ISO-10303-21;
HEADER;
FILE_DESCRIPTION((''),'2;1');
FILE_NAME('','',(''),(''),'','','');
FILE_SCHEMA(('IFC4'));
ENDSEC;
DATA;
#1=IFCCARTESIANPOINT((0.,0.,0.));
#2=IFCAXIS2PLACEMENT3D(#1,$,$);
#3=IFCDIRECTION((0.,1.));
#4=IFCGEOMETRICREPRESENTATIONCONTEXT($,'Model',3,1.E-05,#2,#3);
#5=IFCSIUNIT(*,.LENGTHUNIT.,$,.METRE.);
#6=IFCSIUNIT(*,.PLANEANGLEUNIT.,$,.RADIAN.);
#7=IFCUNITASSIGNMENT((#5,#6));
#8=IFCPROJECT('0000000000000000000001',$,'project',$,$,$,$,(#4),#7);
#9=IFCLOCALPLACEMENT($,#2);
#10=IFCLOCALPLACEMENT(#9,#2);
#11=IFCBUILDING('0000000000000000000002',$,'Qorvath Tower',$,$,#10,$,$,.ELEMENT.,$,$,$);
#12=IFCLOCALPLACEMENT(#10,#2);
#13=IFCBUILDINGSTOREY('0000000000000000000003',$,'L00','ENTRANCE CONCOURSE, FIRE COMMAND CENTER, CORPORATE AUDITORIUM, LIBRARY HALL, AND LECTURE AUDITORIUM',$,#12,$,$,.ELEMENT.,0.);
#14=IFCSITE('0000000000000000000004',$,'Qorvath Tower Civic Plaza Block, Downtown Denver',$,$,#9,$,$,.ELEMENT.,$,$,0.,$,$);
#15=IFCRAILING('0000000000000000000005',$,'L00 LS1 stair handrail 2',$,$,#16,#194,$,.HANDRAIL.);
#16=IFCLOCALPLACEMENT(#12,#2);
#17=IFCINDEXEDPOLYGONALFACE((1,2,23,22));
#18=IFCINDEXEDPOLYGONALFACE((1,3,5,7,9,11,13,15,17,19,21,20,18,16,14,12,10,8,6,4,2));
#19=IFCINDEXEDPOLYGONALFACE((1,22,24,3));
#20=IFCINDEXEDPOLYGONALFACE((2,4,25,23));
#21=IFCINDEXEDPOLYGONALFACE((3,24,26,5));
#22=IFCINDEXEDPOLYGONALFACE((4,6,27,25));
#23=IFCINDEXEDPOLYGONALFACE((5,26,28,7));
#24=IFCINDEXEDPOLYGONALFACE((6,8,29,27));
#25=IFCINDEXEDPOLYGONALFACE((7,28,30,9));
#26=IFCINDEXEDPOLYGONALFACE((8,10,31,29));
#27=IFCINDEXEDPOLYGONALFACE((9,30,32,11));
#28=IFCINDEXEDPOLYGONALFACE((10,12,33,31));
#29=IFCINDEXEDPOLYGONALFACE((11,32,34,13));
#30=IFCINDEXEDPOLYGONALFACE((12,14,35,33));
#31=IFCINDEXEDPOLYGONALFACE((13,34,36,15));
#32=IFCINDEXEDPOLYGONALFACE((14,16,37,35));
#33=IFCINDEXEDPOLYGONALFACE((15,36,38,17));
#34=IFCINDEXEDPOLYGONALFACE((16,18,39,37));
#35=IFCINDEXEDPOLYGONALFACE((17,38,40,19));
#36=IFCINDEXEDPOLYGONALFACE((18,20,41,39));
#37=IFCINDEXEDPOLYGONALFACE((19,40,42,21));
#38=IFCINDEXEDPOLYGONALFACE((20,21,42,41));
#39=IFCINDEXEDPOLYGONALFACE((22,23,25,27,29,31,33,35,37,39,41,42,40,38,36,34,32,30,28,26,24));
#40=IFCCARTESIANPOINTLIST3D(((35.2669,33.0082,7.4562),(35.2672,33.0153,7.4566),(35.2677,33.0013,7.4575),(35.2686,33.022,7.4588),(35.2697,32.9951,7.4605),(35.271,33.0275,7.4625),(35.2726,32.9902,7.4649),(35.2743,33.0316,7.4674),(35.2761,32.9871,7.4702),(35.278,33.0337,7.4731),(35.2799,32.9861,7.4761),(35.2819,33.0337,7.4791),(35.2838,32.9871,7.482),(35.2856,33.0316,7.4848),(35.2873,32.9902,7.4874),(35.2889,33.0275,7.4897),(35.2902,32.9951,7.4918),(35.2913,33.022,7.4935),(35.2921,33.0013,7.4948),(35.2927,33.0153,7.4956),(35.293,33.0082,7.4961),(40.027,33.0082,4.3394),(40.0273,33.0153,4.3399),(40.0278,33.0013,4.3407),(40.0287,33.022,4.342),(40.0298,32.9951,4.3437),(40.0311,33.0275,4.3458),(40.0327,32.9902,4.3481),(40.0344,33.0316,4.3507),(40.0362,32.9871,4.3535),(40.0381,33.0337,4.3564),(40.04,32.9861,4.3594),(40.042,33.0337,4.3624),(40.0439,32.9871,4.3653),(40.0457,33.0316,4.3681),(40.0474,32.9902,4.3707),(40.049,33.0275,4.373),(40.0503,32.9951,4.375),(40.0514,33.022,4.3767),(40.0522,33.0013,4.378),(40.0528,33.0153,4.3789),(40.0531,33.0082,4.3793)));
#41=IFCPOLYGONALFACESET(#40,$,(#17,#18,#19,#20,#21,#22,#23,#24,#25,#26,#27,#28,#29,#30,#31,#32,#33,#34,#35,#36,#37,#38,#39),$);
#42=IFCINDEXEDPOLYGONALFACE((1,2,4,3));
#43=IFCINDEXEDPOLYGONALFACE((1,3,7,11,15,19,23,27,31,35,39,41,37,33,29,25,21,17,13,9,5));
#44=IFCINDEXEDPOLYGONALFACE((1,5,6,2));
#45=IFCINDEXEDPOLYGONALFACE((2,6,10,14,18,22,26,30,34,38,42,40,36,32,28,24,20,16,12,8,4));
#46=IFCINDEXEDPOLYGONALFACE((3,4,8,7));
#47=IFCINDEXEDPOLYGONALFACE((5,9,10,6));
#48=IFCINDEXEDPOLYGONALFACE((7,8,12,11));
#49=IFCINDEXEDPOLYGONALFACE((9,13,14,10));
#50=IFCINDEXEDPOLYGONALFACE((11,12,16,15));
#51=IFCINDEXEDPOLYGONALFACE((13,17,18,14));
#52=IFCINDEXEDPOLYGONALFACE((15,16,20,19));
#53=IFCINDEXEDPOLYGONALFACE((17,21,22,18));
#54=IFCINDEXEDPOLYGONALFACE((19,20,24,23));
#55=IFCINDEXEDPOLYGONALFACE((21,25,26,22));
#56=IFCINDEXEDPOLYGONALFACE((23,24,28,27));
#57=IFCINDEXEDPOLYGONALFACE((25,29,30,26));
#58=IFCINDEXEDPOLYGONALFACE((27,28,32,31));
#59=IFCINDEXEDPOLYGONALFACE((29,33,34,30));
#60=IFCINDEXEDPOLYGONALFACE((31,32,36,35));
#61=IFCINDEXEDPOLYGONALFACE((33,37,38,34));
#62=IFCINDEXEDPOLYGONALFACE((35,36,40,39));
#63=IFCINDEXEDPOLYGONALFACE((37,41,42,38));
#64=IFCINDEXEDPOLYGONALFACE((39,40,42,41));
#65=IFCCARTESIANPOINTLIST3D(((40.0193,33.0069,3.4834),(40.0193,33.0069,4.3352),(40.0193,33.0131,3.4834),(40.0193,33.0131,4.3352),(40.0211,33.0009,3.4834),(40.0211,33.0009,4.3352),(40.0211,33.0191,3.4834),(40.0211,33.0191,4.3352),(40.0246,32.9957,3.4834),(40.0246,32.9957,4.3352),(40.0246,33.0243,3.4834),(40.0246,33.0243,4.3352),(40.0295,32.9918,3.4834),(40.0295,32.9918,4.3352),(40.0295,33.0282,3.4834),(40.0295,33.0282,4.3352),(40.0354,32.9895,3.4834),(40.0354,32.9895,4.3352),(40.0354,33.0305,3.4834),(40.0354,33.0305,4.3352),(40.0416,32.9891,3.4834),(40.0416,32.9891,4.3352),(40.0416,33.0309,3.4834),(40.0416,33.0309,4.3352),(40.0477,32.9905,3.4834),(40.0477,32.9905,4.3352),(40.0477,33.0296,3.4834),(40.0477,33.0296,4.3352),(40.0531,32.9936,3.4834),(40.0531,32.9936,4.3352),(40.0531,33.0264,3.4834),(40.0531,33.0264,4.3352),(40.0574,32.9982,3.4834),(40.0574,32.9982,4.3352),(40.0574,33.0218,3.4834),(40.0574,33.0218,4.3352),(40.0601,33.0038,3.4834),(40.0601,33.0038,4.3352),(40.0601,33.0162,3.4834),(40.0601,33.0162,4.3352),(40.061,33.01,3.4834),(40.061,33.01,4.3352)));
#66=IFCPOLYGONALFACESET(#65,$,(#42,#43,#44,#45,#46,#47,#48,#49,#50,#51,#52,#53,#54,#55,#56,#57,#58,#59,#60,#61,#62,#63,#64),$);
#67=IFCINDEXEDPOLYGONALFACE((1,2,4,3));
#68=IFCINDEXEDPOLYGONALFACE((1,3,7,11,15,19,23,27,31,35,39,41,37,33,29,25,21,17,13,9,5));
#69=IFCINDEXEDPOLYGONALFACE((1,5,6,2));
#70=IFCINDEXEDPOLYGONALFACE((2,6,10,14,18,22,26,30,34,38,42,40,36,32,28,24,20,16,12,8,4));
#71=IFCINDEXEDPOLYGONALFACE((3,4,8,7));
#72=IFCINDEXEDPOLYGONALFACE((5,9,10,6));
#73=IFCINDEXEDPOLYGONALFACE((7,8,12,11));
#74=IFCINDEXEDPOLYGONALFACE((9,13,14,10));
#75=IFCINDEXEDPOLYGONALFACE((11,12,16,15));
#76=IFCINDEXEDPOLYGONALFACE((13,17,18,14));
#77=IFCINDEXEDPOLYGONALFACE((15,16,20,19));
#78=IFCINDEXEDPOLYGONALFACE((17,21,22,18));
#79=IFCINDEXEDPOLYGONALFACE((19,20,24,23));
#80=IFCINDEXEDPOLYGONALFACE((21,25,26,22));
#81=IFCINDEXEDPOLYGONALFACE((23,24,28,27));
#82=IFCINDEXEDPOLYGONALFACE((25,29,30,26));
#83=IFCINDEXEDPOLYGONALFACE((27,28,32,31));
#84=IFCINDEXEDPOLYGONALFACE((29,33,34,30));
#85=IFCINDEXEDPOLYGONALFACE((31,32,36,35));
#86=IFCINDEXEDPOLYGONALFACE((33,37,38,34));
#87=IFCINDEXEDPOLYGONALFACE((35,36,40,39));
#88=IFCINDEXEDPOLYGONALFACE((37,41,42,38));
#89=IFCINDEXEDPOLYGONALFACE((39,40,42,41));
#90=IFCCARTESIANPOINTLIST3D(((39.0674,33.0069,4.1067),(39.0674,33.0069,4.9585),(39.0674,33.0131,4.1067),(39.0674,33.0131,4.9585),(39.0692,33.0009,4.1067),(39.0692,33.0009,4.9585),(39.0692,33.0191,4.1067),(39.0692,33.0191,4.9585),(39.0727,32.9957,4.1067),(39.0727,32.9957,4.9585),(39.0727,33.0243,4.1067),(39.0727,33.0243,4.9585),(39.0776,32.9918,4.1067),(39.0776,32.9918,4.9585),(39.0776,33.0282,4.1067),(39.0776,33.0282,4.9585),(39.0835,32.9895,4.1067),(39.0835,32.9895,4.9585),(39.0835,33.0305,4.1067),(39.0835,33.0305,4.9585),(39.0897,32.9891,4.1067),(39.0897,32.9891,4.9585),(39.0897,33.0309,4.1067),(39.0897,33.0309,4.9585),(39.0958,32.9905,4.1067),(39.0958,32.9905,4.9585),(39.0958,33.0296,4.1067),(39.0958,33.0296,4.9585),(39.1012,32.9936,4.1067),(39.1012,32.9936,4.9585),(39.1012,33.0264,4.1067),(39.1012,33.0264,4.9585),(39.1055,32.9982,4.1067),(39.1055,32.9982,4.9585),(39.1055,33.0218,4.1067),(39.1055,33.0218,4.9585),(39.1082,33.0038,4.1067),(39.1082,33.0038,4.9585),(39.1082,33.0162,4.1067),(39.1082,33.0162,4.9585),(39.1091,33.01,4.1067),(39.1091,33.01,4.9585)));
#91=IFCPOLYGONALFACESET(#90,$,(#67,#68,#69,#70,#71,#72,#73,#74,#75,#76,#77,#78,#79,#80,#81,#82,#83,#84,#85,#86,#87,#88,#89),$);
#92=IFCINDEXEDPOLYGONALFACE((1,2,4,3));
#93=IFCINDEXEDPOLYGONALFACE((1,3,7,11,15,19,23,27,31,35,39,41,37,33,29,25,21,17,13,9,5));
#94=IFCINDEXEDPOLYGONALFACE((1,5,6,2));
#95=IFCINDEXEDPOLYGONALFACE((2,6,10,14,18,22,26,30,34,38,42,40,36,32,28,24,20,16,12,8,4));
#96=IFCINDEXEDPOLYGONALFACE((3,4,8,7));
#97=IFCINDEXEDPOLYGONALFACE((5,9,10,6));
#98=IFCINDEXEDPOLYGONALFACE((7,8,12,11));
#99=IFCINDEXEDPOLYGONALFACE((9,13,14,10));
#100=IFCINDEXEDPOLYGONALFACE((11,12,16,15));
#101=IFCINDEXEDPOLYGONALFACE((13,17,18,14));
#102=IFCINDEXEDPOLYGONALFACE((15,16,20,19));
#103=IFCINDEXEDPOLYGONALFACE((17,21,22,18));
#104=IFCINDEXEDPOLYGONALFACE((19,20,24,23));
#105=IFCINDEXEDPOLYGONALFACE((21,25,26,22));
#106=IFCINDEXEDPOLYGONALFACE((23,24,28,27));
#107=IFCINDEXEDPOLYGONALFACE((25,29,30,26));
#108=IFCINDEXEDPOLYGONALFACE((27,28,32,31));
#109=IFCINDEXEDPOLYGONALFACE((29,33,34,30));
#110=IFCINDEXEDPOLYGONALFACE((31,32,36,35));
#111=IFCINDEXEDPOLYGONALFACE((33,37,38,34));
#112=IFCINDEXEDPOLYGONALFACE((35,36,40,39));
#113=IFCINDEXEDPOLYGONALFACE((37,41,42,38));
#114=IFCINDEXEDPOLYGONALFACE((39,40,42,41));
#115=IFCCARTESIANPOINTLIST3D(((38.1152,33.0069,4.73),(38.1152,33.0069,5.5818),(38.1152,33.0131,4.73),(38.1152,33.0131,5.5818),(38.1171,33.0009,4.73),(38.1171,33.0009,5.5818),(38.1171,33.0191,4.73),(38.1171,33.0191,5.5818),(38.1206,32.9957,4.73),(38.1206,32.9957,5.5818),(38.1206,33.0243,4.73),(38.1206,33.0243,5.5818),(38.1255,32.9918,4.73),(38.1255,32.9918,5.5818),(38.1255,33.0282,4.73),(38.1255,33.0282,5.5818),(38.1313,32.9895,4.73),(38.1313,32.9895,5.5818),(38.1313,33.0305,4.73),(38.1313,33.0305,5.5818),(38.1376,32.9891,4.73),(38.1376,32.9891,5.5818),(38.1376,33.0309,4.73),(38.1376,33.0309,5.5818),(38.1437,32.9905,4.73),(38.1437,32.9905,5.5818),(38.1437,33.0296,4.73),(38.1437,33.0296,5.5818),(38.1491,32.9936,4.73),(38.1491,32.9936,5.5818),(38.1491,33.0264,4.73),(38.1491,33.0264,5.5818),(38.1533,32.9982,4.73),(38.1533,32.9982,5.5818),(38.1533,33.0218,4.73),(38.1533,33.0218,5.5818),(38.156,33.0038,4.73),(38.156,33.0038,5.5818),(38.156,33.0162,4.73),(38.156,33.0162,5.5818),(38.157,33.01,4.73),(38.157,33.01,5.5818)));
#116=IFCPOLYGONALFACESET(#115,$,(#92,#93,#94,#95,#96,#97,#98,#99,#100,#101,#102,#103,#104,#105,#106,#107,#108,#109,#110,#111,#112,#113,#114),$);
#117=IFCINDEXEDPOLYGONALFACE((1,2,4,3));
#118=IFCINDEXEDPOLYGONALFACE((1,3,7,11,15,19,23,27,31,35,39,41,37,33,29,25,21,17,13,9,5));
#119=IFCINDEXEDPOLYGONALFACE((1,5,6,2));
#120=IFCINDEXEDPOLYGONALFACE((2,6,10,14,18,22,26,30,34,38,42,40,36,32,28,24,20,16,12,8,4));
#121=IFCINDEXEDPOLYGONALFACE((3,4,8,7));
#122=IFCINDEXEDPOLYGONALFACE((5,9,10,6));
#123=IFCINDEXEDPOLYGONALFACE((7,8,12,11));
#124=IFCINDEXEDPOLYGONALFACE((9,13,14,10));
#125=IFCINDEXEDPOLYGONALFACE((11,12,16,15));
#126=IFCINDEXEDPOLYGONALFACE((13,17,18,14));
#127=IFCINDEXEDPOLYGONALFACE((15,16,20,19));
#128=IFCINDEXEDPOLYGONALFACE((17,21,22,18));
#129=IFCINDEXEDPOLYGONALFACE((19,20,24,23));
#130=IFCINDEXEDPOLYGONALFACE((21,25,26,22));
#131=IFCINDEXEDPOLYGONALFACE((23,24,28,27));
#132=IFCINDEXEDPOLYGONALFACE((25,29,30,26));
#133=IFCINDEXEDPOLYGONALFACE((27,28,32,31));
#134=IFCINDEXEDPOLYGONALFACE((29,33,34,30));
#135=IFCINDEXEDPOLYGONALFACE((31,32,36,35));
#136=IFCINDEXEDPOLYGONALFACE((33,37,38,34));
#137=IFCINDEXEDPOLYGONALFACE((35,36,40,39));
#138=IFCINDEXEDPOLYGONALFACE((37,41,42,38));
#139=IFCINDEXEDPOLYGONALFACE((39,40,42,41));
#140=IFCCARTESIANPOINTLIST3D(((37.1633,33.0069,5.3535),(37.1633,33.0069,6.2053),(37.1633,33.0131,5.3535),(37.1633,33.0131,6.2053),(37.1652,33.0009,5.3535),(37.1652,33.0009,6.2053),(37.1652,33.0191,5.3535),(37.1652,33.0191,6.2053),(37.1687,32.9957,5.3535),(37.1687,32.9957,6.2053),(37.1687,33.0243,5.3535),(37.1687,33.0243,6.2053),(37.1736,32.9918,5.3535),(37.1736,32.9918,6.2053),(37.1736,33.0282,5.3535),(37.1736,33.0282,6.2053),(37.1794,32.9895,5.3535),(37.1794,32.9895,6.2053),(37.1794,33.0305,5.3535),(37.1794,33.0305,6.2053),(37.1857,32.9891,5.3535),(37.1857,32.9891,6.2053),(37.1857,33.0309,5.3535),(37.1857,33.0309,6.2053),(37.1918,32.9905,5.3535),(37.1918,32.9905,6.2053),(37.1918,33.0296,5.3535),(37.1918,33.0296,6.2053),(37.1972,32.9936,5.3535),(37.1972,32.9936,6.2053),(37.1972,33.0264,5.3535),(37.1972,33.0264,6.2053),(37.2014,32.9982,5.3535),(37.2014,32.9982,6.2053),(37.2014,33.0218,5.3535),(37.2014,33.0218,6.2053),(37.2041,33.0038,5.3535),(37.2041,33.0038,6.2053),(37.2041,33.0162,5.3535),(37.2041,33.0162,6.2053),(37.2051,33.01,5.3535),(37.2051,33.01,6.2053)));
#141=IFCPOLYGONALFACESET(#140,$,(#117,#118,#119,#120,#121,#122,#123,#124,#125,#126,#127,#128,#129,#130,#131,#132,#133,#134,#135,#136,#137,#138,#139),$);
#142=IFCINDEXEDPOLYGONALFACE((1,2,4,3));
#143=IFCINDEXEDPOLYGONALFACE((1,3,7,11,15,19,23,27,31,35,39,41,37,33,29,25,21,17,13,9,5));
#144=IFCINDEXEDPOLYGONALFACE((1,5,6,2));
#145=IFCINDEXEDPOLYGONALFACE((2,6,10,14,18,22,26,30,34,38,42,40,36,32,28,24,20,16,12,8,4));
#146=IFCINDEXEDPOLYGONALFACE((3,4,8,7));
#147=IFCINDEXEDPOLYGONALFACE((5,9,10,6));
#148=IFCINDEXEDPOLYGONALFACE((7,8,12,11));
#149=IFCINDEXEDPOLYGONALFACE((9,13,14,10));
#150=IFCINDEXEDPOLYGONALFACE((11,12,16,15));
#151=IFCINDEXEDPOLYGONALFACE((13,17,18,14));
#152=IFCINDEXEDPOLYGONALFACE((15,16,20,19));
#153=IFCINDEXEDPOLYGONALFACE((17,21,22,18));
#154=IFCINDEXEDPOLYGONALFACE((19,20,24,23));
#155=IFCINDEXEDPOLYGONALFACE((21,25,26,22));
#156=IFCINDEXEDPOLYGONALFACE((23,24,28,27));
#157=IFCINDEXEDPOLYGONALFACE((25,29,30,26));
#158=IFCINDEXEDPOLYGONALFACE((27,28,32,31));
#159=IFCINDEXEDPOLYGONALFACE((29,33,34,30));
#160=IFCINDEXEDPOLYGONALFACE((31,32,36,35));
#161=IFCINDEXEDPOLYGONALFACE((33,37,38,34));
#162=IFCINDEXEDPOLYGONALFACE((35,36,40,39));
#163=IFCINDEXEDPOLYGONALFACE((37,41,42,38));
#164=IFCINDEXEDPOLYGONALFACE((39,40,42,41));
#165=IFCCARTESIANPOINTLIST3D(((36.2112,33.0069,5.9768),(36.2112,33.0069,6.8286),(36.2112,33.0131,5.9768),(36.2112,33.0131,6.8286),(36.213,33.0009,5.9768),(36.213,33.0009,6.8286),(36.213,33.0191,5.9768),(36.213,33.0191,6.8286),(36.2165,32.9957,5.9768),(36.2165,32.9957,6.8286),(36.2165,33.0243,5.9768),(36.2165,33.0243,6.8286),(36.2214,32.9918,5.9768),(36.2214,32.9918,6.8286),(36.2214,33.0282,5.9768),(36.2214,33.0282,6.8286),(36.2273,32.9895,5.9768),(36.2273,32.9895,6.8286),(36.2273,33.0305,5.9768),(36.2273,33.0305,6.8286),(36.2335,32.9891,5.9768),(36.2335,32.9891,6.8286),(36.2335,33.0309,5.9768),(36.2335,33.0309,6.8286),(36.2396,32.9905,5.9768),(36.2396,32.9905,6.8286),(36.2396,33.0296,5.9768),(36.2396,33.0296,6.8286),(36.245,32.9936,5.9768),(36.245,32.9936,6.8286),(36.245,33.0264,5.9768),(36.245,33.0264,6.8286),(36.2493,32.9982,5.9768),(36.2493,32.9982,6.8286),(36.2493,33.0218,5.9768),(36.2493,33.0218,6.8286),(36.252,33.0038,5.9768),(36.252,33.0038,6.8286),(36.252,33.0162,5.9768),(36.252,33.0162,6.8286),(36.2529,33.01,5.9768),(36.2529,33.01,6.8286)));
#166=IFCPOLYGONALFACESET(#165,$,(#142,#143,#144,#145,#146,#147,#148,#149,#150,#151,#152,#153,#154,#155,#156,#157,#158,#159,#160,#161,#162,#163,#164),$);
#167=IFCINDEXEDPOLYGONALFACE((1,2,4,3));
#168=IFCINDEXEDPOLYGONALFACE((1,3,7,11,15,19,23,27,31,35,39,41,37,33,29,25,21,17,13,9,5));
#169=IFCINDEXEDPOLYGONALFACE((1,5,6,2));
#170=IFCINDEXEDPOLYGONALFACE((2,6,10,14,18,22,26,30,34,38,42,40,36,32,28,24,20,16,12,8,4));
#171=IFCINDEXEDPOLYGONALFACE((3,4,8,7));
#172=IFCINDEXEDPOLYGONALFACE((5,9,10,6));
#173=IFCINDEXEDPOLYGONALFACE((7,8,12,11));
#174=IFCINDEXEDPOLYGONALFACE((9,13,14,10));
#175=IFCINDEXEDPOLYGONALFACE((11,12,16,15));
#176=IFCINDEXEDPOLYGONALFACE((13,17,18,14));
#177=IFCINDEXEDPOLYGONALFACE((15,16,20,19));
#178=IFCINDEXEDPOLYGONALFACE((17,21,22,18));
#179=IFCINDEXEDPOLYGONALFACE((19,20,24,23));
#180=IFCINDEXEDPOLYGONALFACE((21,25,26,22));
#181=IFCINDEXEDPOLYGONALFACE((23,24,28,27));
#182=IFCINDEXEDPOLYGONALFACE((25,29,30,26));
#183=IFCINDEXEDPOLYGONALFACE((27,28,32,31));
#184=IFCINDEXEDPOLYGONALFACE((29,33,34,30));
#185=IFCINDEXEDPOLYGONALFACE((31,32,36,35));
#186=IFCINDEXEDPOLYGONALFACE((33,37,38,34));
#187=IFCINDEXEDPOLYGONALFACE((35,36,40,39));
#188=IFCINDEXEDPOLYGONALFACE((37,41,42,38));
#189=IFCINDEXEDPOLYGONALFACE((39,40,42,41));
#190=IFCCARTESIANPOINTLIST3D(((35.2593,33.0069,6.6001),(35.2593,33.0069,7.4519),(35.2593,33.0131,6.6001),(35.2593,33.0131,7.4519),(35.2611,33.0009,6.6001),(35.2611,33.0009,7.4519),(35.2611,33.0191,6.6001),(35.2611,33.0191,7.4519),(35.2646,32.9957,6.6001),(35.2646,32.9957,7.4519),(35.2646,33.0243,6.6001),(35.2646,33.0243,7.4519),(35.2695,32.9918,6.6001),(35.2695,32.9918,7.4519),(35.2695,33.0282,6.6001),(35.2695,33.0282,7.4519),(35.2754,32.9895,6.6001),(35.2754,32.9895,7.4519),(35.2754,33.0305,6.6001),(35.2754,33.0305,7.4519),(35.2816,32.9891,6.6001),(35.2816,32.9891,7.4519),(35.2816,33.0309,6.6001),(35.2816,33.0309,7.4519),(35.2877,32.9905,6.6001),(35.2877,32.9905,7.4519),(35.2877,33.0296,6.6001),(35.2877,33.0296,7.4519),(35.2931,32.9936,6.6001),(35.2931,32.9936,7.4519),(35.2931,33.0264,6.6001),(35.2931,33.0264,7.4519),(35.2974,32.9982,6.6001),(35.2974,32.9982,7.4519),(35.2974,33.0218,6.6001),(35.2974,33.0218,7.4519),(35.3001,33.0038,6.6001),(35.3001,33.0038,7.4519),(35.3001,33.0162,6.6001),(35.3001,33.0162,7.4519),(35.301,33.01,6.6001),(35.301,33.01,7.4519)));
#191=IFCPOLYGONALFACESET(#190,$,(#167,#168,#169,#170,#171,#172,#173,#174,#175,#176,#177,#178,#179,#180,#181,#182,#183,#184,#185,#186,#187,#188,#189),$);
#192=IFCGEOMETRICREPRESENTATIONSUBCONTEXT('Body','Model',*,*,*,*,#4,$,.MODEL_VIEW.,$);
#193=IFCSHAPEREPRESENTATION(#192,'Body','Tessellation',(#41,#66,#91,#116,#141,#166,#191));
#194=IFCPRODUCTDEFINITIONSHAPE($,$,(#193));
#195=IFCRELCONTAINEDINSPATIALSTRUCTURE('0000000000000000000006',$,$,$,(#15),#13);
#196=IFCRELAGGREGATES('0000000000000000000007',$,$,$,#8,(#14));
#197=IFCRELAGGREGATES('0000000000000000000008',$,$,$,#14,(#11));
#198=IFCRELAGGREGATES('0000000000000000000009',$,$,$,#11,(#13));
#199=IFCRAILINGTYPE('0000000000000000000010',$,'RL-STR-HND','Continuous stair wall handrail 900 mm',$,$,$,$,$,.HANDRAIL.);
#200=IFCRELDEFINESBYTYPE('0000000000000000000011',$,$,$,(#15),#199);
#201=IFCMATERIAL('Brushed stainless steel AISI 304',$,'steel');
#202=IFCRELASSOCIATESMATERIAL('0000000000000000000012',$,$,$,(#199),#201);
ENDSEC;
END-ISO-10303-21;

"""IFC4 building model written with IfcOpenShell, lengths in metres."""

from ifc_helpers import new_model, si_unit, direction, frame, origin, origin_2d, place, context, subcontext, project, spatial, circle, extrude, material, type_object, element, save


model = new_model("IFC4")

# Units and contexts
model_context = context("Model", 3, precision=1e-05, world=origin(), true_north=direction((0.0, 1.0)))
body_context = subcontext(model_context, "Body", "Model", "MODEL_VIEW")
ifc_project = project(units=[si_unit("LENGTHUNIT", "METRE"), si_unit("PLANEANGLEUNIT", "RADIAN")], contexts=[model_context])

# Site, building, storey
site_placement = place(None, origin())
site = spatial("IfcSite", under=ifc_project, at=site_placement, Name="Qorvath Tower Civic Plaza Block, Downtown Denver", CompositionType="ELEMENT", RefElevation=0.0)
building_placement = place(site_placement, origin())
building = spatial("IfcBuilding", under=site, at=building_placement, Name="Qorvath Tower", CompositionType="ELEMENT")
storey_placement = place(building_placement, origin())
storey = spatial("IfcBuildingStorey", under=building, at=storey_placement, Name="L00", Description="ENTRANCE CONCOURSE, FIRE COMMAND CENTER, CORPORATE AUDITORIUM, LIBRARY HALL, AND LECTURE AUDITORIUM", CompositionType="ELEMENT", Elevation=0.0)

# Railing
ifc_material_1 = material(Name="Brushed stainless steel AISI 304", Category="steel")
railing_type_1 = type_object("IfcRailingType", Name="RL-STR-HND", Description="Continuous stair wall handrail 900 mm", PredefinedType="HANDRAIL", material=ifc_material_1)
railing_1_placement = place(storey_placement, frame((40.04, 33.01, 3.4834)))
element("IfcRailing", 1, at=railing_1_placement, inside=storey, type_object=railing_type_1, Name="L00 LS1 stair handrail 2", PredefinedType="HANDRAIL", context=body_context, shape_type="SweptSolid", body=[
    extrude(circle(Radius=0.0239, at=origin_2d()), frame((0.0, 0.0, 0.876), z_axis=(-0.836616, 0.0, 0.547789), x_axis=(0.0, -1.0, 0.0)), (0.0, 0.0, 1.0), 5.6897),
    extrude(circle(Radius=0.021, at=origin_2d()), origin(), (0.0, 0.0, 1.0), 0.8518),
    extrude(circle(Radius=0.021, at=origin_2d()), frame((-0.9519, 0.0, 0.6233)), (0.0, 0.0, 1.0), 0.8518),
    extrude(circle(Radius=0.021, at=origin_2d()), frame((-1.9041, 0.0, 1.2466)), (0.0, 0.0, 1.0), 0.8518),
    extrude(circle(Radius=0.021, at=origin_2d()), frame((-2.856, 0.0, 1.8701)), (0.0, 0.0, 1.0), 0.8518),
    extrude(circle(Radius=0.021, at=origin_2d()), frame((-3.8081, 0.0, 2.4934)), (0.0, 0.0, 1.0), 0.8518),
    extrude(circle(Radius=0.021, at=origin_2d()), frame((-4.76, 0.0, 3.1167)), (0.0, 0.0, 1.0), 0.8518),
])

save(model, "model.ifc")
